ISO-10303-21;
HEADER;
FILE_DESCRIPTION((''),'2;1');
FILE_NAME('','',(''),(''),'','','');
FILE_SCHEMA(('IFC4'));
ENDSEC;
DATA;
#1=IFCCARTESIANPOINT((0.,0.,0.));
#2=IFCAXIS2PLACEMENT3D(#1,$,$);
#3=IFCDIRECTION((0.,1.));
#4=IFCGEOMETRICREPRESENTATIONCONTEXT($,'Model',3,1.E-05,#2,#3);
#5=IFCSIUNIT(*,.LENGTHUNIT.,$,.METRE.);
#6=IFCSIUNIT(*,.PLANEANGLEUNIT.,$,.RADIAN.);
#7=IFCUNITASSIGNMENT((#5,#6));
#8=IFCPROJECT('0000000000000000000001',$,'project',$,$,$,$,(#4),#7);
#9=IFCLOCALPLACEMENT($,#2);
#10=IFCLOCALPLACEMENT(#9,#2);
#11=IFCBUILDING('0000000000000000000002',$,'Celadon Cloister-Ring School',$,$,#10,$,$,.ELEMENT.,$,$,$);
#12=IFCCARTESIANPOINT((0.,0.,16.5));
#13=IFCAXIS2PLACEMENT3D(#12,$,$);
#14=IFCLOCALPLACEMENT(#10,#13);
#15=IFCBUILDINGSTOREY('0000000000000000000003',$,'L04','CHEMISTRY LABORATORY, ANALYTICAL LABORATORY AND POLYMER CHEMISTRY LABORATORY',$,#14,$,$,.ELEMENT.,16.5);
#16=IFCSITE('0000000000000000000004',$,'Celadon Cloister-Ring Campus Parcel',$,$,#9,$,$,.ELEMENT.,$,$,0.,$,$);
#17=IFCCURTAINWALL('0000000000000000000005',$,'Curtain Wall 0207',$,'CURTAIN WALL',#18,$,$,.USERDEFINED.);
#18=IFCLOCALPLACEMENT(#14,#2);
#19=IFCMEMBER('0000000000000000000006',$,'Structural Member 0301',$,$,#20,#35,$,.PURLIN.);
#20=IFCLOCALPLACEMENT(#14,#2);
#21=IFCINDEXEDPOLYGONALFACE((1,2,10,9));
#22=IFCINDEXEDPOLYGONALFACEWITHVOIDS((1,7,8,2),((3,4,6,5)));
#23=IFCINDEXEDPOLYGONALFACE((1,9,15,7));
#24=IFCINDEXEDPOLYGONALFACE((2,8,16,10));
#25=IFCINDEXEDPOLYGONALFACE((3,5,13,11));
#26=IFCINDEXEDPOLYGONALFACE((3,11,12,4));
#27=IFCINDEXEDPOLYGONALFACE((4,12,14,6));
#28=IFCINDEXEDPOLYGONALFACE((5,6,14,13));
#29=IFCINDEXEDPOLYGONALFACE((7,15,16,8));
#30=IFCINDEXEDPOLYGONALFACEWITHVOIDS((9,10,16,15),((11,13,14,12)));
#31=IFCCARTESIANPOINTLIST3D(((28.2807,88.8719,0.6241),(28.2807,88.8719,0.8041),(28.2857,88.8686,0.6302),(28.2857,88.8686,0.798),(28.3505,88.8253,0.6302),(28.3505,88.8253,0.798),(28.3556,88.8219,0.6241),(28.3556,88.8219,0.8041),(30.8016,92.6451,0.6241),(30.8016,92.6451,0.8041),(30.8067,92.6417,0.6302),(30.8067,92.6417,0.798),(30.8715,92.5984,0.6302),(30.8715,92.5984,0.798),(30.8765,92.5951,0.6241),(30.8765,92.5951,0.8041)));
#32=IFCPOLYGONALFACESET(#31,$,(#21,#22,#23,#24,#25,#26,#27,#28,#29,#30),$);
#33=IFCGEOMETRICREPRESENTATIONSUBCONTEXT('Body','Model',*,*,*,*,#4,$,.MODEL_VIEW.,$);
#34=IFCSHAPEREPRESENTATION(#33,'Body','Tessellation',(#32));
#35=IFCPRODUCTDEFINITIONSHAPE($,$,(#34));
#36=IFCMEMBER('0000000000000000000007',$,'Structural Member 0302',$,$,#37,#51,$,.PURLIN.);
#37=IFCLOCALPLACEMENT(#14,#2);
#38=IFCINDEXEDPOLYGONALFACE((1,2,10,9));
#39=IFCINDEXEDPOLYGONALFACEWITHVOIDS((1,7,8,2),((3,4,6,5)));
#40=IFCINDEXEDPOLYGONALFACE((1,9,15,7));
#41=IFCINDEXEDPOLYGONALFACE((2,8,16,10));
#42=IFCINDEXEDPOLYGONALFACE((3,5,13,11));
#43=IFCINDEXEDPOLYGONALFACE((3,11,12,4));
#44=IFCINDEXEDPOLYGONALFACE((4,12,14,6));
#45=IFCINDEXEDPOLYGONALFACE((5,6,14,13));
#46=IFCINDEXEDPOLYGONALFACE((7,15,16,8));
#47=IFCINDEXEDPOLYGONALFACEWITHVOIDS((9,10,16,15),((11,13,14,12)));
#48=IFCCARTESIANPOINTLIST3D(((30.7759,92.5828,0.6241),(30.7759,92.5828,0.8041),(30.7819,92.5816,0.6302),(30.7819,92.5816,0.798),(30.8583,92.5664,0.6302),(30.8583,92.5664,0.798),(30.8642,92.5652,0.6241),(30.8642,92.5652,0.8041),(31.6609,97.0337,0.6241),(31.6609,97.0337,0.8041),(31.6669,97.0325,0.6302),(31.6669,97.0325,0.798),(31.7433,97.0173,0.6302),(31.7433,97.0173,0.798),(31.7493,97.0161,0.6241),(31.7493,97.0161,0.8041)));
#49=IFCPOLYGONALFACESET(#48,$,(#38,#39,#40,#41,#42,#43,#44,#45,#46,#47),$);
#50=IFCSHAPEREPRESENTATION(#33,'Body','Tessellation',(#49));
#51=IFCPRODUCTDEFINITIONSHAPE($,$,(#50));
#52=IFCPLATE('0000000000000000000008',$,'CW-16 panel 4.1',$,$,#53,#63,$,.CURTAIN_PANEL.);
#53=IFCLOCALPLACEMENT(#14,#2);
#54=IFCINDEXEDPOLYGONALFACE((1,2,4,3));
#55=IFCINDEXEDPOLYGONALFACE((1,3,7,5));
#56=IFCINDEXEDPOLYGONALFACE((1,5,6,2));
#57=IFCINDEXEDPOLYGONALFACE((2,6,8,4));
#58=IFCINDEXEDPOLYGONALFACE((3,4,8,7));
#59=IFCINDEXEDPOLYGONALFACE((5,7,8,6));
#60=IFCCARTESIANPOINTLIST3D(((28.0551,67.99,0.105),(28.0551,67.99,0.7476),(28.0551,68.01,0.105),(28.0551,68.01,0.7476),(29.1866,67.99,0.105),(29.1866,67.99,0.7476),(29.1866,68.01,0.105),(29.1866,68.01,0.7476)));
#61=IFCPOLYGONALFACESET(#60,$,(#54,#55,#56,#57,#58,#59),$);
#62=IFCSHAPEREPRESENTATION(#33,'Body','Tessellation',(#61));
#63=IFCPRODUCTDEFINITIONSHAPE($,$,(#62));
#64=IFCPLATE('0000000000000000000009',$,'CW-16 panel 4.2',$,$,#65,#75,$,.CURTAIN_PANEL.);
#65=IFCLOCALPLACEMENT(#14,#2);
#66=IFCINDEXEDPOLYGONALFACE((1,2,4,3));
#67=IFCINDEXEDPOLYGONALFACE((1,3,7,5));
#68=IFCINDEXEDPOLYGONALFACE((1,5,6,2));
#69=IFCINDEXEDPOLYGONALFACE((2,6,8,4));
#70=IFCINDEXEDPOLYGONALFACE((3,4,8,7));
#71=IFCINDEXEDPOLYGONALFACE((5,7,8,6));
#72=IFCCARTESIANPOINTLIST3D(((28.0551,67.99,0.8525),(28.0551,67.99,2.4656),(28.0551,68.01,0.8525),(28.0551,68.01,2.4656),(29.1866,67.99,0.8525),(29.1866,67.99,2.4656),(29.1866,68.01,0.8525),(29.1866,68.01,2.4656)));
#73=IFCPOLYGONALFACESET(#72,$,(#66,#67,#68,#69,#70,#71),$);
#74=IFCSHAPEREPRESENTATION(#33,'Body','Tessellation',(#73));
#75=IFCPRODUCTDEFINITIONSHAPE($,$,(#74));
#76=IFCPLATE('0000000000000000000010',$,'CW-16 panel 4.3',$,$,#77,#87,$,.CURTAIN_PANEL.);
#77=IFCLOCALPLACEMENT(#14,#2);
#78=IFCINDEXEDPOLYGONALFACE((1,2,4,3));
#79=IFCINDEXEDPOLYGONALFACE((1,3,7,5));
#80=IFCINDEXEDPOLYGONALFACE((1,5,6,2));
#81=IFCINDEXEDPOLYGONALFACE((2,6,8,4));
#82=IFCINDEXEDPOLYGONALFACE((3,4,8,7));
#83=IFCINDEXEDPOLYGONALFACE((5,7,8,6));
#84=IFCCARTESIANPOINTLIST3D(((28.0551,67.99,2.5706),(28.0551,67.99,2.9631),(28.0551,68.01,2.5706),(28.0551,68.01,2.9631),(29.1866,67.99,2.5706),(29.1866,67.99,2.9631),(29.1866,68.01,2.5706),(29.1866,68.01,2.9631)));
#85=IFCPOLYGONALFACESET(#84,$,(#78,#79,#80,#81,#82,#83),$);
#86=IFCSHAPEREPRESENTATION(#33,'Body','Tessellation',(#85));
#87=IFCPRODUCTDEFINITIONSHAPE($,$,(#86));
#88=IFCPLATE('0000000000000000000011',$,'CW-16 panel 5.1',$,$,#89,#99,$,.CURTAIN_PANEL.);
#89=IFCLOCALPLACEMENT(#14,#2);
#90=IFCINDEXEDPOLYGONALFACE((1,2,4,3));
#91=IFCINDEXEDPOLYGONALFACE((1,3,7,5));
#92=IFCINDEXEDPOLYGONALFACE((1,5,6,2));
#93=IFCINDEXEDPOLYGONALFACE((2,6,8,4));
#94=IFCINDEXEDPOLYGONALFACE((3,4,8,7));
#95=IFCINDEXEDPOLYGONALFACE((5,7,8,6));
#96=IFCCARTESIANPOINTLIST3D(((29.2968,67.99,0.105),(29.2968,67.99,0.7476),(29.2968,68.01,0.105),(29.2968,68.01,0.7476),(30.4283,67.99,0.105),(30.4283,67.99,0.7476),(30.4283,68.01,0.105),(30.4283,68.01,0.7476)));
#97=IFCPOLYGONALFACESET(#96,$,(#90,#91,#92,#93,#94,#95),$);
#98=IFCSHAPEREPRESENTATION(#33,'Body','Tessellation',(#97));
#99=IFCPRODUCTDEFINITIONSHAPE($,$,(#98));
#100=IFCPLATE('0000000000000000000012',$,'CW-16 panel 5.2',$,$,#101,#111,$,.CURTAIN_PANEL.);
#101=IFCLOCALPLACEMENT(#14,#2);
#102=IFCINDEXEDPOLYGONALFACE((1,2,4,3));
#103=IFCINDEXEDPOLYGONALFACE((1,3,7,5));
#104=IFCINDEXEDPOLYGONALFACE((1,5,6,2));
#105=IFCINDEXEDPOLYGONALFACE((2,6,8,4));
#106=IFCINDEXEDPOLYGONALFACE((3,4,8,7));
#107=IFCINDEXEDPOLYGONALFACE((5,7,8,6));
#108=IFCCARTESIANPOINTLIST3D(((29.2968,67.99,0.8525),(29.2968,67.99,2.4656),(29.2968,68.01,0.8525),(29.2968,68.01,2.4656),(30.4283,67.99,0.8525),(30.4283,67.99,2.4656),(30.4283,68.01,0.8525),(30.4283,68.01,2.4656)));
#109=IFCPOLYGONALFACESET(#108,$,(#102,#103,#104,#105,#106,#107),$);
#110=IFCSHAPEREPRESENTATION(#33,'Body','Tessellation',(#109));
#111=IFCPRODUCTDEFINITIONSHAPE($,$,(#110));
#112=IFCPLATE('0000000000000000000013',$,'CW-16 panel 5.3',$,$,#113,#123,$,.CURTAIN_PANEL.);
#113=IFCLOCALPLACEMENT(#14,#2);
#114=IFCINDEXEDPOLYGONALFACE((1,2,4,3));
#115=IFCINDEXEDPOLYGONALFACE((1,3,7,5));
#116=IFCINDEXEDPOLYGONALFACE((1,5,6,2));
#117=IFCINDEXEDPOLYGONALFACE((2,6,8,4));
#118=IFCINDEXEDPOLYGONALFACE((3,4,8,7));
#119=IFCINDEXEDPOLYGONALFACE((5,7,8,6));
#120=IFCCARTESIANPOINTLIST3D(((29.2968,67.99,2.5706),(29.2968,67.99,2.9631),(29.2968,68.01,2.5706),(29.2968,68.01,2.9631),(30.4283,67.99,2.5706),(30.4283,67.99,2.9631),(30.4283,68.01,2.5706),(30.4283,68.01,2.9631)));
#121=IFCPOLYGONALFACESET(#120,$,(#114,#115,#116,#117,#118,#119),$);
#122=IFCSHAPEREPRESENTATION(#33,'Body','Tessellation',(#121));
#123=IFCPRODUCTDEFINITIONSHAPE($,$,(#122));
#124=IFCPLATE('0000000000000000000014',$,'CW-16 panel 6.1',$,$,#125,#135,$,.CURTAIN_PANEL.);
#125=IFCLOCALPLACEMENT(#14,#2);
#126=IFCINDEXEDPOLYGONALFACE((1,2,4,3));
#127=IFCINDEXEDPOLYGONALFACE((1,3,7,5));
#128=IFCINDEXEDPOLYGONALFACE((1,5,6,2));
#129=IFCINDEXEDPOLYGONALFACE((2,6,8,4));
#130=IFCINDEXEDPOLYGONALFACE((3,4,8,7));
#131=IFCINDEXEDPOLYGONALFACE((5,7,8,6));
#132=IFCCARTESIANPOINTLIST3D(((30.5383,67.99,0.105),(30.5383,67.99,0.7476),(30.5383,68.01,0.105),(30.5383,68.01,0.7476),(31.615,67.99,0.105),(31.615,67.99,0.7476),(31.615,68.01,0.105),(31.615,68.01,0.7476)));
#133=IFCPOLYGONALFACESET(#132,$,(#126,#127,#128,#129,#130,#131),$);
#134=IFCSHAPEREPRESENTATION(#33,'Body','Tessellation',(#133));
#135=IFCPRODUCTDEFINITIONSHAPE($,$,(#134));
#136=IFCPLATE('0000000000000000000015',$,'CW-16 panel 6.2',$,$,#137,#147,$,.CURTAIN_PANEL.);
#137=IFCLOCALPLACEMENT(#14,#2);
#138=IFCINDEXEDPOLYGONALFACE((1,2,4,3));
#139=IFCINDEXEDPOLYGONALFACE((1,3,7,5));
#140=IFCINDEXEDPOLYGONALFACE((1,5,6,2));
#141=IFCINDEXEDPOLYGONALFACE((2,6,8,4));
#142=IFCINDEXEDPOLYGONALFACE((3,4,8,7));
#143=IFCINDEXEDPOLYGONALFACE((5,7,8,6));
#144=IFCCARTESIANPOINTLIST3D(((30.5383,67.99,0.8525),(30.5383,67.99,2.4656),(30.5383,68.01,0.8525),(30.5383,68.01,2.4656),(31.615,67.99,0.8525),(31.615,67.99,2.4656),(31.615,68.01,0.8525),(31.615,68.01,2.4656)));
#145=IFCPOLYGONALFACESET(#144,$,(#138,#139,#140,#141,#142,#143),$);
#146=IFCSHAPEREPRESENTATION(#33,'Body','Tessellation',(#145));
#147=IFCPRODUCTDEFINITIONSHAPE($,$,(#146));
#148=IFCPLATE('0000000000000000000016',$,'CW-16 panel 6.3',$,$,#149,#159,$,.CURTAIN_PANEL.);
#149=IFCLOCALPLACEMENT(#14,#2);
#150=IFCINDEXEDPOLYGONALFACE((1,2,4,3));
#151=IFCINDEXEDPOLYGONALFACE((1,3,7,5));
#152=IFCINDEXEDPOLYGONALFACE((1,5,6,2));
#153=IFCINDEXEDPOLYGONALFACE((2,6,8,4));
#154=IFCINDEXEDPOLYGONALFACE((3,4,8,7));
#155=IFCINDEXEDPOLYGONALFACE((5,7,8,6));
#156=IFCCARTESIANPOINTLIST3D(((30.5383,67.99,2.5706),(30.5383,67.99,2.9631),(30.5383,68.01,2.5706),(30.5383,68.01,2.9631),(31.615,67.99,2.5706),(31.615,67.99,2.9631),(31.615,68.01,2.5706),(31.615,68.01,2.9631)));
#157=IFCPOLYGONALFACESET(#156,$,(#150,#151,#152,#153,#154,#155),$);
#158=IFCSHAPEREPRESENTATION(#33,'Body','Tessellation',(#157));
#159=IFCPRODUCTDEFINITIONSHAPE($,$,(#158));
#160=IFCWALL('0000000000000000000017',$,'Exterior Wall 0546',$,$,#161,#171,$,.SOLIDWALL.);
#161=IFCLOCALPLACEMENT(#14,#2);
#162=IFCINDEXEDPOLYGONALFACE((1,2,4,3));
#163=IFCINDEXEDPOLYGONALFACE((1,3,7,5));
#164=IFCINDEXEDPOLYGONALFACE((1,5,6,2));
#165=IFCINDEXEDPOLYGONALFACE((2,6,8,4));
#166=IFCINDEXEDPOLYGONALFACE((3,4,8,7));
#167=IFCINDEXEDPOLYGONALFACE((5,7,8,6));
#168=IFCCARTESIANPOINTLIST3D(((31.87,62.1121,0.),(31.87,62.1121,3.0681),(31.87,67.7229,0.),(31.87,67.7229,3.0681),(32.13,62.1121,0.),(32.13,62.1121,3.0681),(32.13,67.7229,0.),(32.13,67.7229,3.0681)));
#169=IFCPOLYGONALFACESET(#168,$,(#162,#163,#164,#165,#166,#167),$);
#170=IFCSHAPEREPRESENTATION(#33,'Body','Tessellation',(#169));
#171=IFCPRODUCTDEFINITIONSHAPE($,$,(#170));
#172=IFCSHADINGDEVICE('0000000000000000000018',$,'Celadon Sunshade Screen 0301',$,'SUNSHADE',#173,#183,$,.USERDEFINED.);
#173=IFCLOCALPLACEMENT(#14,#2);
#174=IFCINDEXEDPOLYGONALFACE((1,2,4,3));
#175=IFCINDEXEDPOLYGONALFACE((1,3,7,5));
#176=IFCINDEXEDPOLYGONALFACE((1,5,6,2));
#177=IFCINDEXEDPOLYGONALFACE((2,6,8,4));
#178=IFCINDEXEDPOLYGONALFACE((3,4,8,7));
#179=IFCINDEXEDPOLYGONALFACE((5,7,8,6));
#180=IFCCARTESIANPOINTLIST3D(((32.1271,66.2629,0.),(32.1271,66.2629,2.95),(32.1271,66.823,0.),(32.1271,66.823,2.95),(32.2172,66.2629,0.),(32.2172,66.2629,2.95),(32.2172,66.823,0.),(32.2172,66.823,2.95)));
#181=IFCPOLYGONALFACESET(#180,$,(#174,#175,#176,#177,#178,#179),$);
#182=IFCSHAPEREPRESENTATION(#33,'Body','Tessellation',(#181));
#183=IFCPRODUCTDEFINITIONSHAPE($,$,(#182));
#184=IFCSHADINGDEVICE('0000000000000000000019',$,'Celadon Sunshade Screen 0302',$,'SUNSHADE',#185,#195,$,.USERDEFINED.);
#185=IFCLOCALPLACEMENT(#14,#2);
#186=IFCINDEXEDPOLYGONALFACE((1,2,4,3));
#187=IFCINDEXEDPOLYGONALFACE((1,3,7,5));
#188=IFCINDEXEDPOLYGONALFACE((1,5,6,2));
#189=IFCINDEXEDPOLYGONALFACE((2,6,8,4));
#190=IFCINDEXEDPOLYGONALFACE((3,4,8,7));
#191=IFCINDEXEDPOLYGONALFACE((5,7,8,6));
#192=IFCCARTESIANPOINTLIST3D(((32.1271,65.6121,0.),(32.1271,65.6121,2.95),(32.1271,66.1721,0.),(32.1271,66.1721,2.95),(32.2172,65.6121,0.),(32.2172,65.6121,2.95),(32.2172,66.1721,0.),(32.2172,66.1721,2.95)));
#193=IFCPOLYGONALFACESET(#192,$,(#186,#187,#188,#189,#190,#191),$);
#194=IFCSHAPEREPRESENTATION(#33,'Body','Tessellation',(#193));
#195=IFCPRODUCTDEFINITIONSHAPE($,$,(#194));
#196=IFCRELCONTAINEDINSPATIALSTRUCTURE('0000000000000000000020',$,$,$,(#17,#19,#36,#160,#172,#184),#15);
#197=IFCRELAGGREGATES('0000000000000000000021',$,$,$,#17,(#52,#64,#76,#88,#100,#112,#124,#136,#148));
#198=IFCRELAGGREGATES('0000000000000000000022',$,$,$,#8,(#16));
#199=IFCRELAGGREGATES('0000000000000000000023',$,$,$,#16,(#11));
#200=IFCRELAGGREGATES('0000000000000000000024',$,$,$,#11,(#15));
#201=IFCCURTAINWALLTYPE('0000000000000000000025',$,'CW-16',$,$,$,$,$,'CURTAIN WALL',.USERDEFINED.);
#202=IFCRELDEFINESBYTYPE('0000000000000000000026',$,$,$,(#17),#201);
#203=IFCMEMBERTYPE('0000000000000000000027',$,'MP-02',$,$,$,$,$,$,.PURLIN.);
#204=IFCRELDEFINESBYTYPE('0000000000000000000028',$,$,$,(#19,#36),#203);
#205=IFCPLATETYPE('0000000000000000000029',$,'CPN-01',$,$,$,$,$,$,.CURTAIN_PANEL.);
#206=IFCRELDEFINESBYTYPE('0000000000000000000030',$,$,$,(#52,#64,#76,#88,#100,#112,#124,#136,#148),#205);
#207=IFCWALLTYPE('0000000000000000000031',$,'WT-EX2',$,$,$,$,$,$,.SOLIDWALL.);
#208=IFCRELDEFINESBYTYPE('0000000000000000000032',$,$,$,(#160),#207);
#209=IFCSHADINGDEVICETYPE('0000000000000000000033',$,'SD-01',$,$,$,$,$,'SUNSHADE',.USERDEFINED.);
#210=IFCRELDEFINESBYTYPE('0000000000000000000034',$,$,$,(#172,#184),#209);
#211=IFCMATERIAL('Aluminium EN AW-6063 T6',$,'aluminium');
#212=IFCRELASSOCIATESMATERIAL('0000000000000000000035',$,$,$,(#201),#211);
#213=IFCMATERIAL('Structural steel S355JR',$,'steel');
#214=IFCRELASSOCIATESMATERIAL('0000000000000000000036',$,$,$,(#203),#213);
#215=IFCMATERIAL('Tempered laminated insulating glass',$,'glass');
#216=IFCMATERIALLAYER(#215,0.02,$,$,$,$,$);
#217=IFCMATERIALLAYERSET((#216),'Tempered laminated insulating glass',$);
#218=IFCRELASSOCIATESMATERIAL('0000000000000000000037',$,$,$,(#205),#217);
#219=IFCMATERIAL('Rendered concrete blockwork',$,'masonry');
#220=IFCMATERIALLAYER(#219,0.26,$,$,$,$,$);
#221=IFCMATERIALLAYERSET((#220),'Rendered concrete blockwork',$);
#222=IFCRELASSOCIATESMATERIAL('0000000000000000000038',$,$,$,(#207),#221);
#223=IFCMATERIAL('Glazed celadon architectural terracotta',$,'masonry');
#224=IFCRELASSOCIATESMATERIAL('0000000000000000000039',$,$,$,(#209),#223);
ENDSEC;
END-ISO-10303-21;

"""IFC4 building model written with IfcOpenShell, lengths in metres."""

from ifc_helpers import new_model, si_unit, direction, frame, frame_2d, origin, origin_2d, place, context, subcontext, project, spatial, rectangle, hollow_rectangle, extrude, material, layer, layer_set, material_profile, profile_set, type_object, element, aggregate, save


model = new_model("IFC4")

# Units and contexts
model_context = context("Model", 3, precision=1e-05, world=origin(), true_north=direction((0.0, 1.0)))
body_context = subcontext(model_context, "Body", "Model", "MODEL_VIEW")
ifc_project = project(units=[si_unit("LENGTHUNIT", "METRE"), si_unit("PLANEANGLEUNIT", "RADIAN")], contexts=[model_context])

# Site, building, storey
site_placement = place(None, origin())
site = spatial("IfcSite", under=ifc_project, at=site_placement, Name="Celadon Cloister-Ring Campus Parcel", CompositionType="ELEMENT", RefElevation=0.0)
building_placement = place(site_placement, origin())
building = spatial("IfcBuilding", under=site, at=building_placement, Name="Celadon Cloister-Ring School", CompositionType="ELEMENT")
storey_placement = place(building_placement, frame((0.0, 0.0, 16.5)))
storey = spatial("IfcBuildingStorey", under=building, at=storey_placement, Name="L04", Description="CHEMISTRY LABORATORY, ANALYTICAL LABORATORY AND POLYMER CHEMISTRY LABORATORY", CompositionType="ELEMENT", Elevation=16.5)

# Curtain wall
ifc_material_1 = material(Name="Aluminium EN AW-6063 T6", Category="aluminium")
curtain_wall_type = type_object("IfcCurtainWallType", Name="CW-16", ElementType="CURTAIN WALL", PredefinedType="USERDEFINED", material=ifc_material_1)
curtain_wall_placement = place(storey_placement, origin())
curtain_wall = element("IfcCurtainWall", 1, at=curtain_wall_placement, inside=storey, type_object=curtain_wall_type, Name="Curtain Wall 0207", ObjectType="CURTAIN WALL", PredefinedType="USERDEFINED")

# Members
ifc_material_2 = material(Name="Structural steel S355JR", Category="steel")
ifc_material_profile_1 = material_profile(ifc_material_2, hollow_rectangle(XDim=0.0901, YDim=0.1799, WallThickness=0.0061, at=origin_2d()), Name="HSS180X90X6")
ifc_profile_set_1 = profile_set([ifc_material_profile_1], Name="Structural steel S355JR")
member_type_1 = type_object("IfcMemberType", Name="MP-02", PredefinedType="PURLIN", material=ifc_profile_set_1)
member_1_placement = place(storey_placement, frame((28.3181, 88.8469, 0.7141), z_axis=(0.555544, 0.831487, 0.0), x_axis=(-0.831487, 0.555544, 0.0)))
element("IfcMember", 2, at=member_1_placement, inside=storey, type_object=member_type_1, Name="Structural Member 0301", PredefinedType="PURLIN", context=body_context, shape_type="SweptSolid", body=[
    extrude(hollow_rectangle(XDim=0.0901, YDim=0.1799, WallThickness=0.0061, at=origin_2d()), origin(), (0.0, 0.0, 1.0), 4.5378),
])
member_2_placement = place(storey_placement, frame((30.8201, 92.574, 0.7141), z_axis=(0.195019, 0.980799, 0.0), x_axis=(-0.980799, 0.195019, 0.0)))
element("IfcMember", 3, at=member_2_placement, inside=storey, type_object=member_type_1, Name="Structural Member 0302", PredefinedType="PURLIN", context=body_context, shape_type="SweptSolid", body=[
    extrude(hollow_rectangle(XDim=0.0901, YDim=0.1799, WallThickness=0.0061, at=origin_2d()), origin(), (0.0, 0.0, 1.0), 4.5381),
])

# Plates
ifc_material_3 = material(Name="Tempered laminated insulating glass", Category="glass")
ifc_layer_1 = layer(ifc_material_3, 0.02)
ifc_layer_set_1 = layer_set([ifc_layer_1], Name="Tempered laminated insulating glass")
plate_type = type_object("IfcPlateType", Name="CPN-01", PredefinedType="CURTAIN_PANEL", material=ifc_layer_set_1)
plate_1_placement = place(storey_placement, frame((28.6208, 68.0, 0.105), z_axis=(0.0, 0.0, 1.0), x_axis=(1.0, 0.0, 0.0)))
plate_1 = element("IfcPlate", 4, at=plate_1_placement, type_object=plate_type, Name="CW-16 panel 4.1", PredefinedType="CURTAIN_PANEL", context=body_context, shape_type="SweptSolid", body=[
    extrude(rectangle(XDim=1.1316, YDim=0.02, at=origin_2d()), origin(), (0.0, 0.0, 1.0), 0.6426),
])
plate_2_placement = place(storey_placement, frame((28.6208, 68.0, 0.8525), z_axis=(0.0, 0.0, 1.0), x_axis=(1.0, 0.0, 0.0)))
plate_2 = element("IfcPlate", 5, at=plate_2_placement, type_object=plate_type, Name="CW-16 panel 4.2", PredefinedType="CURTAIN_PANEL", context=body_context, shape_type="SweptSolid", body=[
    extrude(rectangle(XDim=1.1316, YDim=0.02, at=origin_2d()), origin(), (0.0, 0.0, 1.0), 1.613),
])
plate_3_placement = place(storey_placement, frame((28.6208, 68.0, 2.5706), z_axis=(0.0, 0.0, 1.0), x_axis=(1.0, 0.0, 0.0)))
plate_3 = element("IfcPlate", 6, at=plate_3_placement, type_object=plate_type, Name="CW-16 panel 4.3", PredefinedType="CURTAIN_PANEL", context=body_context, shape_type="SweptSolid", body=[
    extrude(rectangle(XDim=1.1316, YDim=0.02, at=origin_2d()), origin(), (0.0, 0.0, 1.0), 0.3926),
])
plate_4_placement = place(storey_placement, frame((29.8625, 68.0, 0.105), z_axis=(0.0, 0.0, 1.0), x_axis=(1.0, 0.0, 0.0)))
plate_4 = element("IfcPlate", 7, at=plate_4_placement, type_object=plate_type, Name="CW-16 panel 5.1", PredefinedType="CURTAIN_PANEL", context=body_context, shape_type="SweptSolid", body=[
    extrude(rectangle(XDim=1.1316, YDim=0.02, at=origin_2d()), origin(), (0.0, 0.0, 1.0), 0.6426),
])
plate_5_placement = place(storey_placement, frame((29.8625, 68.0, 0.8525), z_axis=(0.0, 0.0, 1.0), x_axis=(1.0, 0.0, 0.0)))
plate_5 = element("IfcPlate", 8, at=plate_5_placement, type_object=plate_type, Name="CW-16 panel 5.2", PredefinedType="CURTAIN_PANEL", context=body_context, shape_type="SweptSolid", body=[
    extrude(rectangle(XDim=1.1316, YDim=0.02, at=origin_2d()), origin(), (0.0, 0.0, 1.0), 1.613),
])
plate_6_placement = place(storey_placement, frame((29.8625, 68.0, 2.5706), z_axis=(0.0, 0.0, 1.0), x_axis=(1.0, 0.0, 0.0)))
plate_6 = element("IfcPlate", 9, at=plate_6_placement, type_object=plate_type, Name="CW-16 panel 5.3", PredefinedType="CURTAIN_PANEL", context=body_context, shape_type="SweptSolid", body=[
    extrude(rectangle(XDim=1.1316, YDim=0.02, at=origin_2d()), origin(), (0.0, 0.0, 1.0), 0.3926),
])
plate_7_placement = place(storey_placement, frame((31.0767, 68.0, 0.105), z_axis=(0.0, 0.0, 1.0), x_axis=(1.0, 0.0, 0.0)))
plate_7 = element("IfcPlate", 10, at=plate_7_placement, type_object=plate_type, Name="CW-16 panel 6.1", PredefinedType="CURTAIN_PANEL", context=body_context, shape_type="SweptSolid", body=[
    extrude(rectangle(XDim=1.0767, YDim=0.02, at=origin_2d()), origin(), (0.0, 0.0, 1.0), 0.6426),
])
plate_8_placement = place(storey_placement, frame((31.0767, 68.0, 0.8525), z_axis=(0.0, 0.0, 1.0), x_axis=(1.0, 0.0, 0.0)))
plate_8 = element("IfcPlate", 11, at=plate_8_placement, type_object=plate_type, Name="CW-16 panel 6.2", PredefinedType="CURTAIN_PANEL", context=body_context, shape_type="SweptSolid", body=[
    extrude(rectangle(XDim=1.0767, YDim=0.02, at=origin_2d()), origin(), (0.0, 0.0, 1.0), 1.613),
])
plate_9_placement = place(storey_placement, frame((31.0767, 68.0, 2.5706), z_axis=(0.0, 0.0, 1.0), x_axis=(1.0, 0.0, 0.0)))
plate_9 = element("IfcPlate", 12, at=plate_9_placement, type_object=plate_type, Name="CW-16 panel 6.3", PredefinedType="CURTAIN_PANEL", context=body_context, shape_type="SweptSolid", body=[
    extrude(rectangle(XDim=1.0767, YDim=0.02, at=origin_2d()), origin(), (0.0, 0.0, 1.0), 0.3926),
])
aggregate(curtain_wall, [plate_1, plate_2, plate_3, plate_4, plate_5, plate_6, plate_7, plate_8, plate_9])

# Wall
ifc_material_4 = material(Name="Rendered concrete blockwork", Category="masonry")
ifc_layer_2 = layer(ifc_material_4, 0.26)
ifc_layer_set_2 = layer_set([ifc_layer_2], Name="Rendered concrete blockwork")
wall_type = type_object("IfcWallType", Name="WT-EX2", PredefinedType="SOLIDWALL", material=ifc_layer_set_2)
wall_placement = place(storey_placement, frame((32.0, 67.7229, 0.0), z_axis=(0.0, 0.0, 1.0), x_axis=(0.0, -1.0, 0.0)))
element("IfcWall", 13, at=wall_placement, inside=storey, type_object=wall_type, Name="Exterior Wall 0546", PredefinedType="SOLIDWALL", context=body_context, shape_type="SweptSolid", body=[
    extrude(rectangle(XDim=5.6108, YDim=0.26, at=frame_2d((2.8054, 0.0))), origin(), (0.0, 0.0, 1.0), 3.0681),
])

# Shading devices
ifc_material_5 = material(Name="Glazed celadon architectural terracotta", Category="masonry")
shading_device_type = type_object("IfcShadingDeviceType", Name="SD-01", ElementType="SUNSHADE", PredefinedType="USERDEFINED", material=ifc_material_5)
for number, where, z_axis, x_axis, name in (
    (14, (32.1721, 66.543, 0.0), (0.0, 0.0, 1.0), (0.0, -1.0, 0.0), "Celadon Sunshade Screen 0301"),
    (15, (32.1721, 65.8921, 0.0), (0.0, 0.0, 1.0), (0.0, -1.0, 0.0), "Celadon Sunshade Screen 0302"),
):
    element("IfcShadingDevice", number, at=place(storey_placement, frame(where, z_axis=z_axis, x_axis=x_axis)), inside=storey, type_object=shading_device_type, Name=name, ObjectType="SUNSHADE", PredefinedType="USERDEFINED", context=body_context, shape_type="SweptSolid", body=[
        extrude(rectangle(XDim=0.5601, YDim=0.0901, at=origin_2d()), origin(), (0.0, 0.0, 1.0), 2.95),
    ])

save(model, "model.ifc")
